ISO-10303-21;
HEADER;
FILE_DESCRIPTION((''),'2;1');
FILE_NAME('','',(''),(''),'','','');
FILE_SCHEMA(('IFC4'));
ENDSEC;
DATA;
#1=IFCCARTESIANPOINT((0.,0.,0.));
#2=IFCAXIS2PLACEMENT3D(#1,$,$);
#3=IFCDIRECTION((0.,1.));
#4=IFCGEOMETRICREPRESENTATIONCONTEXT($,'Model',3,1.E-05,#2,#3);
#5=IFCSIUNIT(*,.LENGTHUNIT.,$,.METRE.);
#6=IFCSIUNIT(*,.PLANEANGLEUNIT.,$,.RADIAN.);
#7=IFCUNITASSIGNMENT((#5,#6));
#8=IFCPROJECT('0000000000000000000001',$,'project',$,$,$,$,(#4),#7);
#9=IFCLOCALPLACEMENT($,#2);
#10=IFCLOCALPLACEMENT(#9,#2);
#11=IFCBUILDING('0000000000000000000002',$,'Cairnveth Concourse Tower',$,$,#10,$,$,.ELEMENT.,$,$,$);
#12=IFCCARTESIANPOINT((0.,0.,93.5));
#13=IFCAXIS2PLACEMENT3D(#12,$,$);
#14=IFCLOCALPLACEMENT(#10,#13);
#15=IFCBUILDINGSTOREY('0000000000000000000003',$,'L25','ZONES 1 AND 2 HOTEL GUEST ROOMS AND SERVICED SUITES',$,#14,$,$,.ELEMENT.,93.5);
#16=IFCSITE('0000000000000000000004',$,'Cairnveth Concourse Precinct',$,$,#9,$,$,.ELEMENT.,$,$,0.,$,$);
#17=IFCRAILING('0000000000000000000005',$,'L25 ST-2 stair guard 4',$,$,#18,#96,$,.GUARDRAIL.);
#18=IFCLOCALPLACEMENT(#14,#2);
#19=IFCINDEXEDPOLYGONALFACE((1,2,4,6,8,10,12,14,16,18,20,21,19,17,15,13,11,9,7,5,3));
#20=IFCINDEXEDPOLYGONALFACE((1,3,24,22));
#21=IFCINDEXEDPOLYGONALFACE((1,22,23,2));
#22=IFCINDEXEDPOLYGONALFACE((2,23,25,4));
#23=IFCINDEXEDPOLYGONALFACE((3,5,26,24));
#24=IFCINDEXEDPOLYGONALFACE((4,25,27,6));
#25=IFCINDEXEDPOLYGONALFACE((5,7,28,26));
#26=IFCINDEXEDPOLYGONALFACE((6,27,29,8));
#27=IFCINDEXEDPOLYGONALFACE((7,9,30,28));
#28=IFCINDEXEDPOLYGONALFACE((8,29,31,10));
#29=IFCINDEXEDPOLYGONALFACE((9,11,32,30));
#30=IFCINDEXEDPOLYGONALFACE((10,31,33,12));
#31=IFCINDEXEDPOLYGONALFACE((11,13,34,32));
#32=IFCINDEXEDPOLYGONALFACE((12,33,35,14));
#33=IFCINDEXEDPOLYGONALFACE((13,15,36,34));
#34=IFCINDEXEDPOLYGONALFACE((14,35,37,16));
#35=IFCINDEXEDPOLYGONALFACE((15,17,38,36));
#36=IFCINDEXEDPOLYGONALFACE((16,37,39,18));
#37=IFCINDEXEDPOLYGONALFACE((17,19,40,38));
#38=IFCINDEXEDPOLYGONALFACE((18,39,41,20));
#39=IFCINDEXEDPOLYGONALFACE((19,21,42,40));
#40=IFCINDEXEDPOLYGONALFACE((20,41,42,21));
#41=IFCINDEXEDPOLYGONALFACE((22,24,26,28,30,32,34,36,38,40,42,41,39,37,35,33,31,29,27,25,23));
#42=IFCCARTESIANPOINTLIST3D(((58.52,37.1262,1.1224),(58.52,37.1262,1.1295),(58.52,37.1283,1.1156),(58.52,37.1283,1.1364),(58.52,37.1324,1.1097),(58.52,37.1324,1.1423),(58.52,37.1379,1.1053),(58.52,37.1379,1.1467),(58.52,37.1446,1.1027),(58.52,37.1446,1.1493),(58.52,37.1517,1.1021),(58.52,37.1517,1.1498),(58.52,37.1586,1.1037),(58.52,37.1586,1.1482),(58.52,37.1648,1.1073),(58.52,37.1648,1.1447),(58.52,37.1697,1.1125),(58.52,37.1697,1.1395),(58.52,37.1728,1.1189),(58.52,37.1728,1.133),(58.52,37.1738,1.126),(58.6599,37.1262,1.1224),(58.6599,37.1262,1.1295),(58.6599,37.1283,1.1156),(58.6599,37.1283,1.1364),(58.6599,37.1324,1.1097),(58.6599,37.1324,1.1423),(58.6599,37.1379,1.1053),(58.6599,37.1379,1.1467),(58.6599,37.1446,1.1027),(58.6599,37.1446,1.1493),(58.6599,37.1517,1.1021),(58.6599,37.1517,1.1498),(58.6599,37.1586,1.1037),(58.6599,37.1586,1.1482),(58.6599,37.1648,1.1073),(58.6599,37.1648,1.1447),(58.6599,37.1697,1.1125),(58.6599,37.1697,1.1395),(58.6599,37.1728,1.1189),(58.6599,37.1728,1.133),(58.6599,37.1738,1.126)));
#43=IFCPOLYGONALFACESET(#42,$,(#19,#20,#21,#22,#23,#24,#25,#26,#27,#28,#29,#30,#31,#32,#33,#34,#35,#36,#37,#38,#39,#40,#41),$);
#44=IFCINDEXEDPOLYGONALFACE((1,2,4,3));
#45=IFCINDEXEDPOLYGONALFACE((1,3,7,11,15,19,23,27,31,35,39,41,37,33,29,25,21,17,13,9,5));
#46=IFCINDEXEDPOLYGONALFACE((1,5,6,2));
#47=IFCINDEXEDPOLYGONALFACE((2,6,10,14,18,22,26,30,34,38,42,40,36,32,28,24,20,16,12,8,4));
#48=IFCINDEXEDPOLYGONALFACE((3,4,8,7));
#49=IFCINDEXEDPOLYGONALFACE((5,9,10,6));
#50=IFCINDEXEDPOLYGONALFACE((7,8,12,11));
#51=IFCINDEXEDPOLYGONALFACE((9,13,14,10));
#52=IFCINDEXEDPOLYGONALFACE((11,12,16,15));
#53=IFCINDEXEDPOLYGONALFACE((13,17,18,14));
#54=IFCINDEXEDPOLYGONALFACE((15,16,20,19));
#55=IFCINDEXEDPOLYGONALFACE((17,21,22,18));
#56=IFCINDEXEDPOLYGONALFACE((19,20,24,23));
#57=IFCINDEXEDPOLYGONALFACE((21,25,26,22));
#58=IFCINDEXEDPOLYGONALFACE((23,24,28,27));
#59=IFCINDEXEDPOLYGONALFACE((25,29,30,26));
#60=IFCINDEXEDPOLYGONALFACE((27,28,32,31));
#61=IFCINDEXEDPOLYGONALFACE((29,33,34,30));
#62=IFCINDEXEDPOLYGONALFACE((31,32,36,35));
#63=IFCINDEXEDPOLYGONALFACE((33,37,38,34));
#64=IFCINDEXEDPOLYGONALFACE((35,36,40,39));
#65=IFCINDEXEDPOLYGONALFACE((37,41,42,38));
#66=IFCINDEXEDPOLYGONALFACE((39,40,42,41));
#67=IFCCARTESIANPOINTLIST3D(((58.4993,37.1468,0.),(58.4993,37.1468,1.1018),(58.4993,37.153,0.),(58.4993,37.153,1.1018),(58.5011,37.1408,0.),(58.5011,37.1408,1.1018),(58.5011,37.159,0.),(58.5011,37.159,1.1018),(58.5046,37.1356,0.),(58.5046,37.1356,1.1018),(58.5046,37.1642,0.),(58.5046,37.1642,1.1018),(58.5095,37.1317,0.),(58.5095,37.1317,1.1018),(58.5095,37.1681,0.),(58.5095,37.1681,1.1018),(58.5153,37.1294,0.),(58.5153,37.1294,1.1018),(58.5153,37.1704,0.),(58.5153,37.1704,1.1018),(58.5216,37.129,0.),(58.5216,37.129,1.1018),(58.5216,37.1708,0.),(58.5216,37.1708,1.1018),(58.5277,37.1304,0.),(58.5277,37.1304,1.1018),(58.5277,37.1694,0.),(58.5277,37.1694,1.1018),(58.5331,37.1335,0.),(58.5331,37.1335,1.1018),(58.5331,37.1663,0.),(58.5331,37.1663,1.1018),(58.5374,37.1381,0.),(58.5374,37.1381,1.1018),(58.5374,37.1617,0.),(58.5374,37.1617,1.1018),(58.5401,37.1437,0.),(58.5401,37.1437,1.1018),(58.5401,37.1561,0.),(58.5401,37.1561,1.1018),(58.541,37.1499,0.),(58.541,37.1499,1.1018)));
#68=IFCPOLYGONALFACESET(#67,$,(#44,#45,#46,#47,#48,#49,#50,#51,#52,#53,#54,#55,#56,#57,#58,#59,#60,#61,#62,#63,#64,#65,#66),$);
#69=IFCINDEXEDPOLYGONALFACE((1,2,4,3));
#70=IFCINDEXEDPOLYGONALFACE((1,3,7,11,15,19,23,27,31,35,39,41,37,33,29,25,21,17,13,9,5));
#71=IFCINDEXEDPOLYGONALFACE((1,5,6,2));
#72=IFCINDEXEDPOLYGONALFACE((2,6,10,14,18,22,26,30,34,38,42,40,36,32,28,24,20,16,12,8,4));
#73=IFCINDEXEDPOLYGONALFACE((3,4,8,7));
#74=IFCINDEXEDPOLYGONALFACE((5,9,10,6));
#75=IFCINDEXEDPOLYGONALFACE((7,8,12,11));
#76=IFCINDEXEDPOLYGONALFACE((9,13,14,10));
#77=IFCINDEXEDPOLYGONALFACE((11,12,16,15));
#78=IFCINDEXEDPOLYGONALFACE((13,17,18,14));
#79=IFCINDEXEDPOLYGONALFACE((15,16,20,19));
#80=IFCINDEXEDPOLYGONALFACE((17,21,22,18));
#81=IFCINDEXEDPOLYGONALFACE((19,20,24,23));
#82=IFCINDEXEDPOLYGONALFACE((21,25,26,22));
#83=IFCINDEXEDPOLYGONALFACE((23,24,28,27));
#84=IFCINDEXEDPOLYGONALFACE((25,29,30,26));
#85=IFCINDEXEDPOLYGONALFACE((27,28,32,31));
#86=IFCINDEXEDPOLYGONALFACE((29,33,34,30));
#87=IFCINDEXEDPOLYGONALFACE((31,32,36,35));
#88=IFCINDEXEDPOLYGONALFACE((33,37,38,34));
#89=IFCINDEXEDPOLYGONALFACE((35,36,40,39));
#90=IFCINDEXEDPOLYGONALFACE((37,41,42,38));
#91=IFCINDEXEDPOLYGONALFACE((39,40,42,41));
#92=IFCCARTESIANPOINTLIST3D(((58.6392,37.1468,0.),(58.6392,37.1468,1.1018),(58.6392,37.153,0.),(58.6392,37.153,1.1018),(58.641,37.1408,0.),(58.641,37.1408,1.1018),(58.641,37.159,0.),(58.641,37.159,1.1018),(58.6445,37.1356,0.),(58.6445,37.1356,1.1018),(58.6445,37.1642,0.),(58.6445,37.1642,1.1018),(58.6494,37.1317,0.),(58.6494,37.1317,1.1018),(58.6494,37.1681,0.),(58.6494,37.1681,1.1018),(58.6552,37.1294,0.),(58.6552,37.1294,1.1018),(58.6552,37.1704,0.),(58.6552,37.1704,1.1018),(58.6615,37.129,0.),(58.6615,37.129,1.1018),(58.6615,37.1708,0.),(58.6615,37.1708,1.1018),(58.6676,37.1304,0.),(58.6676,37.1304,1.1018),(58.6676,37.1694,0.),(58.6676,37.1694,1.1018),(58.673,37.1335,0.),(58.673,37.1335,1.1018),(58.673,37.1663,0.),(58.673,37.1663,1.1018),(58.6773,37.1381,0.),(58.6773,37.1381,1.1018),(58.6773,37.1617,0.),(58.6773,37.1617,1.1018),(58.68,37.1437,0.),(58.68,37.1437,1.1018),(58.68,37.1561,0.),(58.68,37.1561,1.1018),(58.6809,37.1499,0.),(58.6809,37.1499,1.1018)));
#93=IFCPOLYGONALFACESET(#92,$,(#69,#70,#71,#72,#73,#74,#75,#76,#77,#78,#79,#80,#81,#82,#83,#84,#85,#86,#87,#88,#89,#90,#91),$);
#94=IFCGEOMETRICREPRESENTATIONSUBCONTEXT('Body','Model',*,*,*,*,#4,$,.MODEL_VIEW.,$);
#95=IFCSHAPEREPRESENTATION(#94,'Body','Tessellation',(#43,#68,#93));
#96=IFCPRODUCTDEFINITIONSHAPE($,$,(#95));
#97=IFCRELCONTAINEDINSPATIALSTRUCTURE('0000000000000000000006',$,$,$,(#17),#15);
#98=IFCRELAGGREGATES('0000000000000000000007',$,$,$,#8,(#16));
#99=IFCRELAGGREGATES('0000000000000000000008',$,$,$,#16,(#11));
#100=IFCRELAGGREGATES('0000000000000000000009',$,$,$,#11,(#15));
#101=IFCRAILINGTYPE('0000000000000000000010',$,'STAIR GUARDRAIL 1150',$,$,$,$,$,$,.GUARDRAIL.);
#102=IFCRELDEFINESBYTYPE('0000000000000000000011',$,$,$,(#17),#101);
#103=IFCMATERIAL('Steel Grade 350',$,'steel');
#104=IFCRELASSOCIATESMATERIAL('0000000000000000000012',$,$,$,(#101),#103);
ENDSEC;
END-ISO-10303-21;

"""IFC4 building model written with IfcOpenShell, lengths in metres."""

from ifc_helpers import new_model, si_unit, direction, frame, origin, origin_2d, place, context, subcontext, project, spatial, circle, extrude, material, type_object, element, save


model = new_model("IFC4")

# Units and contexts
model_context = context("Model", 3, precision=1e-05, world=origin(), true_north=direction((0.0, 1.0)))
body_context = subcontext(model_context, "Body", "Model", "MODEL_VIEW")
ifc_project = project(units=[si_unit("LENGTHUNIT", "METRE"), si_unit("PLANEANGLEUNIT", "RADIAN")], contexts=[model_context])

# Site, building, storey
site_placement = place(None, origin())
site = spatial("IfcSite", under=ifc_project, at=site_placement, Name="Cairnveth Concourse Precinct", CompositionType="ELEMENT", RefElevation=0.0)
building_placement = place(site_placement, origin())
building = spatial("IfcBuilding", under=site, at=building_placement, Name="Cairnveth Concourse Tower", CompositionType="ELEMENT")
storey_placement = place(building_placement, frame((0.0, 0.0, 93.5)))
storey = spatial("IfcBuildingStorey", under=building, at=storey_placement, Name="L25", Description="ZONES 1 AND 2 HOTEL GUEST ROOMS AND SERVICED SUITES", CompositionType="ELEMENT", Elevation=93.5)

# Shared definitions
ifc_material_1 = material(Name="Steel Grade 350", Category="steel")

# Railing
railing_type_1 = type_object("IfcRailingType", Name="STAIR GUARDRAIL 1150", PredefinedType="GUARDRAIL", material=ifc_material_1)
railing_1_placement = place(storey_placement, frame((58.52, 37.1499, 0.0)))
element("IfcRailing", 1, at=railing_1_placement, inside=storey, type_object=railing_type_1, Name="L25 ST-2 stair guard 4", PredefinedType="GUARDRAIL", context=body_context, shape_type="SweptSolid", body=[
    extrude(circle(Radius=0.0239, at=origin_2d()), frame((0.0, 0.0, 1.126), z_axis=(1.0, 0.0, 0.0), x_axis=(0.0, 1.0, 0.0)), (0.0, 0.0, 1.0), 0.1399),
    extrude(circle(Radius=0.021, at=origin_2d()), origin(), (0.0, 0.0, 1.0), 1.1018),
    extrude(circle(Radius=0.021, at=origin_2d()), frame((0.1399, 0.0, 0.0)), (0.0, 0.0, 1.0), 1.1018),
])

save(model, "model.ifc")
